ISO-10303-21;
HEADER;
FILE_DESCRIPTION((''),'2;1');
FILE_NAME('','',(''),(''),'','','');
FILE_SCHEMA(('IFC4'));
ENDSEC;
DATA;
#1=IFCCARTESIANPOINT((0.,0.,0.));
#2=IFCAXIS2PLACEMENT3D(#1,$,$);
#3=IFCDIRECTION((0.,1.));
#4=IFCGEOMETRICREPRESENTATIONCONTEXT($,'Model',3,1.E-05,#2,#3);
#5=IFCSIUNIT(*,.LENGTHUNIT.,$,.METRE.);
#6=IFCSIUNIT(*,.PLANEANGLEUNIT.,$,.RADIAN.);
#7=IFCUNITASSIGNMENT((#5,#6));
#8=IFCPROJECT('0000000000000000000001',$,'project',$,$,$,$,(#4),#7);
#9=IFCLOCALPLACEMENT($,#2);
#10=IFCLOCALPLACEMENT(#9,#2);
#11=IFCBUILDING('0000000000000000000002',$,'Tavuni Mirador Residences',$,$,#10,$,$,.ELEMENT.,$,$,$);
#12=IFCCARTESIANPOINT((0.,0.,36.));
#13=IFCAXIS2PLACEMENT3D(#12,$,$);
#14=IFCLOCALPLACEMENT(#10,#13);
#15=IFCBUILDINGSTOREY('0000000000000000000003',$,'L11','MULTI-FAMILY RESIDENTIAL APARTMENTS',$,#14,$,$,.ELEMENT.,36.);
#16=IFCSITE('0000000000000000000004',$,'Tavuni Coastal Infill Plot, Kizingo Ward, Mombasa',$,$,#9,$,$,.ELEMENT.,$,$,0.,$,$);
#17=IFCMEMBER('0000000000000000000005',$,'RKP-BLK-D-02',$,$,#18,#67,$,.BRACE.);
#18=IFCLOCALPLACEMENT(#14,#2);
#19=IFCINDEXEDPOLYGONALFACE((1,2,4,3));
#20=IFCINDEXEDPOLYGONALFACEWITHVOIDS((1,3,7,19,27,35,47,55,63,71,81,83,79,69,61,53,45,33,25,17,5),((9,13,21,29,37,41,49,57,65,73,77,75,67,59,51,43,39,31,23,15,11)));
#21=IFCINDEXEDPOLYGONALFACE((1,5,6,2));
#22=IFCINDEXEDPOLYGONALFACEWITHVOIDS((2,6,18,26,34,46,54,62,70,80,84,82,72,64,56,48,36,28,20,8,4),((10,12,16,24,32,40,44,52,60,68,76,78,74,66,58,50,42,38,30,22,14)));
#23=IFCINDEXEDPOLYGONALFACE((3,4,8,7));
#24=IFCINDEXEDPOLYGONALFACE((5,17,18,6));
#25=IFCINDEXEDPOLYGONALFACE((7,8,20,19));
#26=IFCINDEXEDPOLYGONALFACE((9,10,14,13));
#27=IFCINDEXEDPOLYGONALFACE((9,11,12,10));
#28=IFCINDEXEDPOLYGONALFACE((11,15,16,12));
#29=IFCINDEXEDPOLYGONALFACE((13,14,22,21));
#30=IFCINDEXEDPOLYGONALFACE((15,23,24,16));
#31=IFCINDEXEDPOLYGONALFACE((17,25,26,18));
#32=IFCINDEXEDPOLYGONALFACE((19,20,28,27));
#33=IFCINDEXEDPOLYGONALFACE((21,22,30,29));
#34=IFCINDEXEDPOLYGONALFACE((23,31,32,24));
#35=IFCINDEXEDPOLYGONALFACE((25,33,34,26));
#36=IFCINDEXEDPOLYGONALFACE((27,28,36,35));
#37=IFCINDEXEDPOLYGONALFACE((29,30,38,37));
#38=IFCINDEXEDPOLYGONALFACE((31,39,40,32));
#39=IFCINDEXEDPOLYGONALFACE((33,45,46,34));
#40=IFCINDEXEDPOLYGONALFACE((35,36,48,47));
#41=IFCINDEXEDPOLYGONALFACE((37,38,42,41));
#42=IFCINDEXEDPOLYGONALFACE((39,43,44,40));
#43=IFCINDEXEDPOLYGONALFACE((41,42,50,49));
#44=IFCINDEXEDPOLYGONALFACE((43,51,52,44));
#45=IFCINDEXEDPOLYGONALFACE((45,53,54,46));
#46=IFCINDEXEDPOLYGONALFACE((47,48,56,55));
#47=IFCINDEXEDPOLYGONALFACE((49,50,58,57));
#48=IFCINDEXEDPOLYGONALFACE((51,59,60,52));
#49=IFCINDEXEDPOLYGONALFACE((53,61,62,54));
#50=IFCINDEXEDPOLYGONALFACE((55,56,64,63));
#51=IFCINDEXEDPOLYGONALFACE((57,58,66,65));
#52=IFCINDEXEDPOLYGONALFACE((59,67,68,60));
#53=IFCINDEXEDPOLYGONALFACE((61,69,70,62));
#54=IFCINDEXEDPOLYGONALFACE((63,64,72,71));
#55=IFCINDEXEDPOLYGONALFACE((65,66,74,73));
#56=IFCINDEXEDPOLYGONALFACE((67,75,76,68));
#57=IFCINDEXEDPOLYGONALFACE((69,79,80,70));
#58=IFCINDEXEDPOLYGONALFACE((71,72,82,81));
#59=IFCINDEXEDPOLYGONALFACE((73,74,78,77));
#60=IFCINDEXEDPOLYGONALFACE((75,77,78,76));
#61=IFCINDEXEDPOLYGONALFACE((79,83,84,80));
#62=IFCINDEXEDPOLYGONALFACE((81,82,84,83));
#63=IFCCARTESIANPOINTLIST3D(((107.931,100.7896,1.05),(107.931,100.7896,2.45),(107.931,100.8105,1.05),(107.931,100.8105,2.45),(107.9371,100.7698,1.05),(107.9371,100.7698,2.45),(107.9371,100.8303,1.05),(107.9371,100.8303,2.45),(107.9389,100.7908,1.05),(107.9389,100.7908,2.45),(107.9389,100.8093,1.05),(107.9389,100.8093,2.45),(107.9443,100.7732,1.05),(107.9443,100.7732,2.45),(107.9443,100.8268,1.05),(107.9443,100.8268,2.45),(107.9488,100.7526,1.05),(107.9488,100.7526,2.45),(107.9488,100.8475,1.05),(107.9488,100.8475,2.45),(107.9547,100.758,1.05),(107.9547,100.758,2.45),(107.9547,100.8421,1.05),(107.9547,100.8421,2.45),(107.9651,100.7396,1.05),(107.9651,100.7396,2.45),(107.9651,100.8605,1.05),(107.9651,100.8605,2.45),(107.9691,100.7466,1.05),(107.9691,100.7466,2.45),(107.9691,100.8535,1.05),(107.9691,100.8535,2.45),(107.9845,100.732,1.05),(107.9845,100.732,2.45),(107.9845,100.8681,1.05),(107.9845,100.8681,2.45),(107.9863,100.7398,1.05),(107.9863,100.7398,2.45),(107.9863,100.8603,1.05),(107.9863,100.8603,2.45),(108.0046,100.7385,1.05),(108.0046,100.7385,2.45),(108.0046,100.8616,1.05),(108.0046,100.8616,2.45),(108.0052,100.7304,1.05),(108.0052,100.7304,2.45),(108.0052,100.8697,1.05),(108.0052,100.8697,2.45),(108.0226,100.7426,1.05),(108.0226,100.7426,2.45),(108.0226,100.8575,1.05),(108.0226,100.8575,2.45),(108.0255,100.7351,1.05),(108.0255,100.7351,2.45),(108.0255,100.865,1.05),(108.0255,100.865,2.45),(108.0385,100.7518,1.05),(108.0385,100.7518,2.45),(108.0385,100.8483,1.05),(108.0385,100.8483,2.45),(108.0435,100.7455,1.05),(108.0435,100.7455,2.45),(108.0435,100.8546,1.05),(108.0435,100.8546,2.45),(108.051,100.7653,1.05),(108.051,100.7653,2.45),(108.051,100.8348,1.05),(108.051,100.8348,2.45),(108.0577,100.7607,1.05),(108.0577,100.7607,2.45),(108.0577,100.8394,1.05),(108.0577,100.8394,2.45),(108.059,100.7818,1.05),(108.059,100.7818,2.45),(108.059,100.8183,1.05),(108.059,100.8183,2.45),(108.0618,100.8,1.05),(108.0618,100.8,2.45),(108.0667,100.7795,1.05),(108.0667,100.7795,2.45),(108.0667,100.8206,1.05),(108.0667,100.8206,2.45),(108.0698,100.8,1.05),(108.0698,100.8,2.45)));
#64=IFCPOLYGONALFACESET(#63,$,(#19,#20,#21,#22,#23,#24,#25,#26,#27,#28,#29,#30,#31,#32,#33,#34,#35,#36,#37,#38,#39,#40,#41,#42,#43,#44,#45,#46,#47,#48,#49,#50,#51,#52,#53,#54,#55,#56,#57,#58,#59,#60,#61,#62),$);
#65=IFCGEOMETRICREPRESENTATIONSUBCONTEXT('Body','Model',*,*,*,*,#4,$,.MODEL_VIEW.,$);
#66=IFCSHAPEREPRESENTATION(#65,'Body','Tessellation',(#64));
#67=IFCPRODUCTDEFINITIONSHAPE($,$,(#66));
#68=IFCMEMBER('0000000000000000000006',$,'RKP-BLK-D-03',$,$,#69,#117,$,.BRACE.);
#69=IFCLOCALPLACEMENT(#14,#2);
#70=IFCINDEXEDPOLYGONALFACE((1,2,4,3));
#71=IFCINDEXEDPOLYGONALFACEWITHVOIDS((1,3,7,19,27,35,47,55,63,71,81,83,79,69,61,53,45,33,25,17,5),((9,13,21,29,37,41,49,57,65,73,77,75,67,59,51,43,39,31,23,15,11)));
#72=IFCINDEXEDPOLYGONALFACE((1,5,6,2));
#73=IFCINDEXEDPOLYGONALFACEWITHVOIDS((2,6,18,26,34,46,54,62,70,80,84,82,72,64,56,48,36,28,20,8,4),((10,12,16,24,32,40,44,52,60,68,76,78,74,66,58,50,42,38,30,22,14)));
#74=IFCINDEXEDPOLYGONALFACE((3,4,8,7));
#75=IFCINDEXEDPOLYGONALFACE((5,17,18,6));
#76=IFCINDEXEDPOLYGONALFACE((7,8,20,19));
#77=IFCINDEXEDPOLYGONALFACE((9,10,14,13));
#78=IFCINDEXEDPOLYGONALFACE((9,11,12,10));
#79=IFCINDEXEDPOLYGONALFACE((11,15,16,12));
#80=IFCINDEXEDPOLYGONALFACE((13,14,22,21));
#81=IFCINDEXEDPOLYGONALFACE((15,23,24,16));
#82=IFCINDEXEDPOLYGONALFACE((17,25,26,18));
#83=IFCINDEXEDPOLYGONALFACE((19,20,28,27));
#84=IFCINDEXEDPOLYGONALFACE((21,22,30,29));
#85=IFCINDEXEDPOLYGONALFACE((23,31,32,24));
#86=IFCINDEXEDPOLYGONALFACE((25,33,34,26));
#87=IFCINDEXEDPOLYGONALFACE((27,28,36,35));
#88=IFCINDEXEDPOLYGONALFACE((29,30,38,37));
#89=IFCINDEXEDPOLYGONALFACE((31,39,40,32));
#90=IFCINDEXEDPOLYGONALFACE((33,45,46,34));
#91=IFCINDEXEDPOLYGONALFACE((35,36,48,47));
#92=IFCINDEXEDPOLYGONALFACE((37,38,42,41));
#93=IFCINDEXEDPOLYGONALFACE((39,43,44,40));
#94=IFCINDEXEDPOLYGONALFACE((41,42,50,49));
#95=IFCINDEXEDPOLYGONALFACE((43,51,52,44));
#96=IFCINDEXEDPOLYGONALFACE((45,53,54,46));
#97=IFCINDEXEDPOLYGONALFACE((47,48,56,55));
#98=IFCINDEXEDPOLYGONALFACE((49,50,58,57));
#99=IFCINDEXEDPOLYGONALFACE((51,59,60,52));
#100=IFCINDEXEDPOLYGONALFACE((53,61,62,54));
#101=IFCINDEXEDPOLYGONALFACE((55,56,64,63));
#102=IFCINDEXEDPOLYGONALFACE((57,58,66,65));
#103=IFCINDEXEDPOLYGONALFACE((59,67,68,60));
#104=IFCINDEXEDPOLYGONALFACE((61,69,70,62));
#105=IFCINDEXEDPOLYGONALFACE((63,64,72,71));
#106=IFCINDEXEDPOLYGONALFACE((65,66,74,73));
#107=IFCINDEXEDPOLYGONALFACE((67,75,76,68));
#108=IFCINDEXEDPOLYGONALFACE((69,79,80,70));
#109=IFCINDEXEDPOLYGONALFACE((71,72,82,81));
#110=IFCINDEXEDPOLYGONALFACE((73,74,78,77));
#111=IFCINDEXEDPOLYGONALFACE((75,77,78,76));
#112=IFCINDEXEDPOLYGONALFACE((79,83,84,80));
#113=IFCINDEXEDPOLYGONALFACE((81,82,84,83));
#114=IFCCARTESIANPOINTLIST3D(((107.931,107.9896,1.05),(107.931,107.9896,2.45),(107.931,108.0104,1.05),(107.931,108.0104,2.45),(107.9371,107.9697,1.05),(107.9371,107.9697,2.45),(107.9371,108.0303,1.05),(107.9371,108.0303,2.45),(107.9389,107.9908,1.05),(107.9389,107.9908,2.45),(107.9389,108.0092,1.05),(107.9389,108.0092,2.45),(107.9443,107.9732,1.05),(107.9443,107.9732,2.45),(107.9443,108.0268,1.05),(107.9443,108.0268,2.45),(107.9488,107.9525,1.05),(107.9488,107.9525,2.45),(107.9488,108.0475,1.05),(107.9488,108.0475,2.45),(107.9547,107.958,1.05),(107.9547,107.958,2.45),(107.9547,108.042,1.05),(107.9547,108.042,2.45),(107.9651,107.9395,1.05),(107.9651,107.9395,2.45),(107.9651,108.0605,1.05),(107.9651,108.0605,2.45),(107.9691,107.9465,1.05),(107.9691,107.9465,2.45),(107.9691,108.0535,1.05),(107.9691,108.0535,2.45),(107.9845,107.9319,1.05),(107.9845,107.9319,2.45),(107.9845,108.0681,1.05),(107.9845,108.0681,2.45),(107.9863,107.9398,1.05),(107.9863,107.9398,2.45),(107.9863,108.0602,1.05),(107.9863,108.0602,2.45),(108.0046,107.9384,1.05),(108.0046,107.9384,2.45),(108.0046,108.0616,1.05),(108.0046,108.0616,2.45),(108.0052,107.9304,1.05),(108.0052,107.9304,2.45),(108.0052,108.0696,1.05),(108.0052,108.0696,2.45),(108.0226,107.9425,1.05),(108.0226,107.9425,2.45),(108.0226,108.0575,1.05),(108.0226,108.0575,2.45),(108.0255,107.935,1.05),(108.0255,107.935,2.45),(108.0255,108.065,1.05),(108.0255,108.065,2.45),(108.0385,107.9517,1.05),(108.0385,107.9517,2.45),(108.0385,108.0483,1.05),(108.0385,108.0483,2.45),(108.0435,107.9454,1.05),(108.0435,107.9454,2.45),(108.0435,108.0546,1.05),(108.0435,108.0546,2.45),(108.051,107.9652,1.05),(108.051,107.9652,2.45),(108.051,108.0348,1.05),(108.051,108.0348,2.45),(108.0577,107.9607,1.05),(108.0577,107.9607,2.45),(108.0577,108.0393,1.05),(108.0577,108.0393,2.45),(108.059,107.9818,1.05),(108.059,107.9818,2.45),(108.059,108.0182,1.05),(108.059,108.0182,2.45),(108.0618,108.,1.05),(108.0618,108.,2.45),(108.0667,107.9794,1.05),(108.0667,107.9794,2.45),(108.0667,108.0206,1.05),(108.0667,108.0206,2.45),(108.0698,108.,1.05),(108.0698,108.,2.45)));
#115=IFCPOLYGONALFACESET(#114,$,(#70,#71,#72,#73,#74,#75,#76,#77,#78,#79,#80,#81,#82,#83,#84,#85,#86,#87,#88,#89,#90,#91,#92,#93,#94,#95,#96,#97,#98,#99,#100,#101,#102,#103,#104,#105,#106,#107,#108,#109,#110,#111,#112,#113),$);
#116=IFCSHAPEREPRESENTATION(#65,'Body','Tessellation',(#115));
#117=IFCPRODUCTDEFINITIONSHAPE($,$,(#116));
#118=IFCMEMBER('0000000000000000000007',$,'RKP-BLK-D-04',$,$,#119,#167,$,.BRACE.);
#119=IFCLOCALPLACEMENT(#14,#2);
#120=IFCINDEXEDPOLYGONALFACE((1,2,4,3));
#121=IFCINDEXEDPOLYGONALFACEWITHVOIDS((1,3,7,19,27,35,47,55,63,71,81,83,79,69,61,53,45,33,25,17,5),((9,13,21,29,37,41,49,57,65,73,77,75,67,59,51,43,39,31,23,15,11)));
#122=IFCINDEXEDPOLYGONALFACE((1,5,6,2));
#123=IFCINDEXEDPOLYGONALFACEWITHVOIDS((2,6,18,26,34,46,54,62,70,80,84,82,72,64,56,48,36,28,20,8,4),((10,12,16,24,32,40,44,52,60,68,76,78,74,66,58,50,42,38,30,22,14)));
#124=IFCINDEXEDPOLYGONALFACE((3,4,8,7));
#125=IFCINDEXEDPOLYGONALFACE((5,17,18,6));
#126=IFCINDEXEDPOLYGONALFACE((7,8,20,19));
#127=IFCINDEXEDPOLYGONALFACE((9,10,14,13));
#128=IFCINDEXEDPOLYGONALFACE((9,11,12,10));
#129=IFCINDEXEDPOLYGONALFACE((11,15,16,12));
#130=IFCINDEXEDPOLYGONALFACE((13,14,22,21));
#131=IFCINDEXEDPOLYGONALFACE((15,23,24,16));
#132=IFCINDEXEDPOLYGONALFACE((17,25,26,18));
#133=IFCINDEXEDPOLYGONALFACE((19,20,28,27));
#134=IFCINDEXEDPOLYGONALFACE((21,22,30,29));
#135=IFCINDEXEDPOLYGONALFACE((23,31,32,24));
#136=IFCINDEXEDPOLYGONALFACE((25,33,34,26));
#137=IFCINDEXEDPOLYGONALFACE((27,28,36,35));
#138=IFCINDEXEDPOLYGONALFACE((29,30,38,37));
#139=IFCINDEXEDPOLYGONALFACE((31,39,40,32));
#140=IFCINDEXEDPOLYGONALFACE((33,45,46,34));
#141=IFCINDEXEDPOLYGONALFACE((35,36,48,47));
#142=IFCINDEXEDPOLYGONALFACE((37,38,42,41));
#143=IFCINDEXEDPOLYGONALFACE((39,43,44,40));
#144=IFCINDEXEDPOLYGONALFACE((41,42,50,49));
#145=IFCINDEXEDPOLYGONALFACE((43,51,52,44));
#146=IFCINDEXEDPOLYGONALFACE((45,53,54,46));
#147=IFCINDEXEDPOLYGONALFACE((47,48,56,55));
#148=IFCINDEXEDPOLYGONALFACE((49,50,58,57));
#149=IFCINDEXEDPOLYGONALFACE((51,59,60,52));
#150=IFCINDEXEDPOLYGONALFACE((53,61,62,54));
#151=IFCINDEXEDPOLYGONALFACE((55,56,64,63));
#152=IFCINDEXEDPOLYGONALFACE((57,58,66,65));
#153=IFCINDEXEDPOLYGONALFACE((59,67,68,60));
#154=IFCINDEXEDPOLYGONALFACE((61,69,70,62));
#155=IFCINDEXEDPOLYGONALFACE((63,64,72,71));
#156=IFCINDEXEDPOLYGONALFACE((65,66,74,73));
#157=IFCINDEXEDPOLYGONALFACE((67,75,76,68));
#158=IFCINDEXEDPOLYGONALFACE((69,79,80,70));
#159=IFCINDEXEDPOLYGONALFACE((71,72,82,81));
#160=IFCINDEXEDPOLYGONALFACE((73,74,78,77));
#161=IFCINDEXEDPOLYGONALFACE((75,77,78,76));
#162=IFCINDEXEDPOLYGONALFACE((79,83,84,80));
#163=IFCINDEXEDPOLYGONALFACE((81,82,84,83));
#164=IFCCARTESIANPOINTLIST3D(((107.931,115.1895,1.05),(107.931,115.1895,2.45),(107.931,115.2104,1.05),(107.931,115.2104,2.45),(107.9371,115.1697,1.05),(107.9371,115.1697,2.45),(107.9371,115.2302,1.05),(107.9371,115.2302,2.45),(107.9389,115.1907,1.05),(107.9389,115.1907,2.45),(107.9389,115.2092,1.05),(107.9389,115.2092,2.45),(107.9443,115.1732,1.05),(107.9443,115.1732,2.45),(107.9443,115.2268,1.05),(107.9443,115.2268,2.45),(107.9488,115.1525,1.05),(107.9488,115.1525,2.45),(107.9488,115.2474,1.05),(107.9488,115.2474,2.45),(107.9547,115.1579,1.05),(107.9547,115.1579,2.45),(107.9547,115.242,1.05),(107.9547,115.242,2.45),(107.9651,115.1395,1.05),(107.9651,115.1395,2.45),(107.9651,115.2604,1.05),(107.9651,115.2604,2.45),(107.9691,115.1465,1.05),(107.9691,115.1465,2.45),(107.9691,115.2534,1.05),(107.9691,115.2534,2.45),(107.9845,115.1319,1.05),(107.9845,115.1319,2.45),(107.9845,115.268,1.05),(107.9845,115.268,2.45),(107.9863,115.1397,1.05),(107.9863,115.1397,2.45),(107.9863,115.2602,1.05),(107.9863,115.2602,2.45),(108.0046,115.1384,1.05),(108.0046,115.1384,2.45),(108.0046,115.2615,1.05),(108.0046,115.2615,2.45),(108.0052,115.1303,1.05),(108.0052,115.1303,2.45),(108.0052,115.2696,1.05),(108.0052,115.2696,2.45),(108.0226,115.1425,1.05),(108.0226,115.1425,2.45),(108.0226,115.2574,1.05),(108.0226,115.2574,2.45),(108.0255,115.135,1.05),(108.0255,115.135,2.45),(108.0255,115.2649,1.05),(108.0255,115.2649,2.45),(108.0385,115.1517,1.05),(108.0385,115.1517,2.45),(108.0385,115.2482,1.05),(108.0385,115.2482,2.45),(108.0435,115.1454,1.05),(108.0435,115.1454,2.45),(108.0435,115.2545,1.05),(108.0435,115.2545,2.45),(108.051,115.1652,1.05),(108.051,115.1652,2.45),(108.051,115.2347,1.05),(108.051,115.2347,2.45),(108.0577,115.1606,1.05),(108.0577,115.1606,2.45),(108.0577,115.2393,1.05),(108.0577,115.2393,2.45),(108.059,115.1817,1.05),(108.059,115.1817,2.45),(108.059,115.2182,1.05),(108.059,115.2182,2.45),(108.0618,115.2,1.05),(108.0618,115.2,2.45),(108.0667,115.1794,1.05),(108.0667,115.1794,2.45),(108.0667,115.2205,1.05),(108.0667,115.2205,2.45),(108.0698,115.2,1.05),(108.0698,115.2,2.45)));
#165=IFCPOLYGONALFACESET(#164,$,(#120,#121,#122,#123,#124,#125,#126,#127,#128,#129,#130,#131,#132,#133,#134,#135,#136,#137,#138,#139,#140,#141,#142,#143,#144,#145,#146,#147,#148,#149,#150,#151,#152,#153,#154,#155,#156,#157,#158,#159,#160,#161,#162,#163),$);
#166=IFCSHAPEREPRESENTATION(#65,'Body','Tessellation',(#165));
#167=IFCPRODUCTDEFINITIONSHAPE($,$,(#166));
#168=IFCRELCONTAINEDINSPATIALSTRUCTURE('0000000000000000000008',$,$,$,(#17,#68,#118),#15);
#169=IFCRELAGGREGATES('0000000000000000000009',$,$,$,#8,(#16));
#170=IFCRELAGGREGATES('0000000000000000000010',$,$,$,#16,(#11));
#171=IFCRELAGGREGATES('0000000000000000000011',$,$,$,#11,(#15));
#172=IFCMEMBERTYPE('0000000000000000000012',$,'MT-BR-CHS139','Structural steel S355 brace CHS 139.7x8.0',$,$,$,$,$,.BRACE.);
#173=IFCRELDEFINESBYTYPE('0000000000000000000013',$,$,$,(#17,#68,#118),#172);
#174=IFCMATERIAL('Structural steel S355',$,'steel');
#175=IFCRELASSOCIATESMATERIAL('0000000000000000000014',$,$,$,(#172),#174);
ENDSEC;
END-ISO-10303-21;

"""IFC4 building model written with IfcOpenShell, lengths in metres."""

from ifc_helpers import new_model, si_unit, direction, frame, origin, origin_2d, place, context, subcontext, project, spatial, hollow_circle, extrude, material, material_profile, profile_set, type_object, element, save


model = new_model("IFC4")

# Units and contexts
model_context = context("Model", 3, precision=1e-05, world=origin(), true_north=direction((0.0, 1.0)))
body_context = subcontext(model_context, "Body", "Model", "MODEL_VIEW")
ifc_project = project(units=[si_unit("LENGTHUNIT", "METRE"), si_unit("PLANEANGLEUNIT", "RADIAN")], contexts=[model_context])

# Site, building, storey
site_placement = place(None, origin())
site = spatial("IfcSite", under=ifc_project, at=site_placement, Name="Tavuni Coastal Infill Plot, Kizingo Ward, Mombasa", CompositionType="ELEMENT", RefElevation=0.0)
building_placement = place(site_placement, origin())
building = spatial("IfcBuilding", under=site, at=building_placement, Name="Tavuni Mirador Residences", CompositionType="ELEMENT")
storey_placement = place(building_placement, frame((0.0, 0.0, 36.0)))
storey = spatial("IfcBuildingStorey", under=building, at=storey_placement, Name="L11", Description="MULTI-FAMILY RESIDENTIAL APARTMENTS", CompositionType="ELEMENT", Elevation=36.0)

# Members
ifc_material_1 = material(Name="Structural steel S355", Category="steel")
ifc_material_profile_1 = material_profile(ifc_material_1, hollow_circle(Radius=0.0698, WallThickness=0.0081, at=origin_2d()), Name="CHS 139.7x8.0", Category="steel")
ifc_profile_set_1 = profile_set([ifc_material_profile_1], Name="Structural steel S355")
member_type_1 = type_object("IfcMemberType", Name="MT-BR-CHS139", Description="Structural steel S355 brace CHS 139.7x8.0", PredefinedType="BRACE", material=ifc_profile_set_1)
for number, where, z_axis, x_axis, name in (
    (1, (108.0, 100.8, 1.05), (0.0, 0.0, 1.0), (1.0, 0.0, 0.0), "RKP-BLK-D-02"),
    (2, (108.0, 108.0, 1.05), (0.0, 0.0, 1.0), (1.0, 0.0, 0.0), "RKP-BLK-D-03"),
    (3, (108.0, 115.2, 1.05), (0.0, 0.0, 1.0), (1.0, 0.0, 0.0), "RKP-BLK-D-04"),
):
    element("IfcMember", number, at=place(storey_placement, frame(where, z_axis=z_axis, x_axis=x_axis)), inside=storey, type_object=member_type_1, Name=name, PredefinedType="BRACE", context=body_context, shape_type="SweptSolid", body=[
        extrude(hollow_circle(Radius=0.0698, WallThickness=0.0081, at=origin_2d()), origin(), (0.0, 0.0, 1.0), 1.3999),
    ])

save(model, "model.ifc")
